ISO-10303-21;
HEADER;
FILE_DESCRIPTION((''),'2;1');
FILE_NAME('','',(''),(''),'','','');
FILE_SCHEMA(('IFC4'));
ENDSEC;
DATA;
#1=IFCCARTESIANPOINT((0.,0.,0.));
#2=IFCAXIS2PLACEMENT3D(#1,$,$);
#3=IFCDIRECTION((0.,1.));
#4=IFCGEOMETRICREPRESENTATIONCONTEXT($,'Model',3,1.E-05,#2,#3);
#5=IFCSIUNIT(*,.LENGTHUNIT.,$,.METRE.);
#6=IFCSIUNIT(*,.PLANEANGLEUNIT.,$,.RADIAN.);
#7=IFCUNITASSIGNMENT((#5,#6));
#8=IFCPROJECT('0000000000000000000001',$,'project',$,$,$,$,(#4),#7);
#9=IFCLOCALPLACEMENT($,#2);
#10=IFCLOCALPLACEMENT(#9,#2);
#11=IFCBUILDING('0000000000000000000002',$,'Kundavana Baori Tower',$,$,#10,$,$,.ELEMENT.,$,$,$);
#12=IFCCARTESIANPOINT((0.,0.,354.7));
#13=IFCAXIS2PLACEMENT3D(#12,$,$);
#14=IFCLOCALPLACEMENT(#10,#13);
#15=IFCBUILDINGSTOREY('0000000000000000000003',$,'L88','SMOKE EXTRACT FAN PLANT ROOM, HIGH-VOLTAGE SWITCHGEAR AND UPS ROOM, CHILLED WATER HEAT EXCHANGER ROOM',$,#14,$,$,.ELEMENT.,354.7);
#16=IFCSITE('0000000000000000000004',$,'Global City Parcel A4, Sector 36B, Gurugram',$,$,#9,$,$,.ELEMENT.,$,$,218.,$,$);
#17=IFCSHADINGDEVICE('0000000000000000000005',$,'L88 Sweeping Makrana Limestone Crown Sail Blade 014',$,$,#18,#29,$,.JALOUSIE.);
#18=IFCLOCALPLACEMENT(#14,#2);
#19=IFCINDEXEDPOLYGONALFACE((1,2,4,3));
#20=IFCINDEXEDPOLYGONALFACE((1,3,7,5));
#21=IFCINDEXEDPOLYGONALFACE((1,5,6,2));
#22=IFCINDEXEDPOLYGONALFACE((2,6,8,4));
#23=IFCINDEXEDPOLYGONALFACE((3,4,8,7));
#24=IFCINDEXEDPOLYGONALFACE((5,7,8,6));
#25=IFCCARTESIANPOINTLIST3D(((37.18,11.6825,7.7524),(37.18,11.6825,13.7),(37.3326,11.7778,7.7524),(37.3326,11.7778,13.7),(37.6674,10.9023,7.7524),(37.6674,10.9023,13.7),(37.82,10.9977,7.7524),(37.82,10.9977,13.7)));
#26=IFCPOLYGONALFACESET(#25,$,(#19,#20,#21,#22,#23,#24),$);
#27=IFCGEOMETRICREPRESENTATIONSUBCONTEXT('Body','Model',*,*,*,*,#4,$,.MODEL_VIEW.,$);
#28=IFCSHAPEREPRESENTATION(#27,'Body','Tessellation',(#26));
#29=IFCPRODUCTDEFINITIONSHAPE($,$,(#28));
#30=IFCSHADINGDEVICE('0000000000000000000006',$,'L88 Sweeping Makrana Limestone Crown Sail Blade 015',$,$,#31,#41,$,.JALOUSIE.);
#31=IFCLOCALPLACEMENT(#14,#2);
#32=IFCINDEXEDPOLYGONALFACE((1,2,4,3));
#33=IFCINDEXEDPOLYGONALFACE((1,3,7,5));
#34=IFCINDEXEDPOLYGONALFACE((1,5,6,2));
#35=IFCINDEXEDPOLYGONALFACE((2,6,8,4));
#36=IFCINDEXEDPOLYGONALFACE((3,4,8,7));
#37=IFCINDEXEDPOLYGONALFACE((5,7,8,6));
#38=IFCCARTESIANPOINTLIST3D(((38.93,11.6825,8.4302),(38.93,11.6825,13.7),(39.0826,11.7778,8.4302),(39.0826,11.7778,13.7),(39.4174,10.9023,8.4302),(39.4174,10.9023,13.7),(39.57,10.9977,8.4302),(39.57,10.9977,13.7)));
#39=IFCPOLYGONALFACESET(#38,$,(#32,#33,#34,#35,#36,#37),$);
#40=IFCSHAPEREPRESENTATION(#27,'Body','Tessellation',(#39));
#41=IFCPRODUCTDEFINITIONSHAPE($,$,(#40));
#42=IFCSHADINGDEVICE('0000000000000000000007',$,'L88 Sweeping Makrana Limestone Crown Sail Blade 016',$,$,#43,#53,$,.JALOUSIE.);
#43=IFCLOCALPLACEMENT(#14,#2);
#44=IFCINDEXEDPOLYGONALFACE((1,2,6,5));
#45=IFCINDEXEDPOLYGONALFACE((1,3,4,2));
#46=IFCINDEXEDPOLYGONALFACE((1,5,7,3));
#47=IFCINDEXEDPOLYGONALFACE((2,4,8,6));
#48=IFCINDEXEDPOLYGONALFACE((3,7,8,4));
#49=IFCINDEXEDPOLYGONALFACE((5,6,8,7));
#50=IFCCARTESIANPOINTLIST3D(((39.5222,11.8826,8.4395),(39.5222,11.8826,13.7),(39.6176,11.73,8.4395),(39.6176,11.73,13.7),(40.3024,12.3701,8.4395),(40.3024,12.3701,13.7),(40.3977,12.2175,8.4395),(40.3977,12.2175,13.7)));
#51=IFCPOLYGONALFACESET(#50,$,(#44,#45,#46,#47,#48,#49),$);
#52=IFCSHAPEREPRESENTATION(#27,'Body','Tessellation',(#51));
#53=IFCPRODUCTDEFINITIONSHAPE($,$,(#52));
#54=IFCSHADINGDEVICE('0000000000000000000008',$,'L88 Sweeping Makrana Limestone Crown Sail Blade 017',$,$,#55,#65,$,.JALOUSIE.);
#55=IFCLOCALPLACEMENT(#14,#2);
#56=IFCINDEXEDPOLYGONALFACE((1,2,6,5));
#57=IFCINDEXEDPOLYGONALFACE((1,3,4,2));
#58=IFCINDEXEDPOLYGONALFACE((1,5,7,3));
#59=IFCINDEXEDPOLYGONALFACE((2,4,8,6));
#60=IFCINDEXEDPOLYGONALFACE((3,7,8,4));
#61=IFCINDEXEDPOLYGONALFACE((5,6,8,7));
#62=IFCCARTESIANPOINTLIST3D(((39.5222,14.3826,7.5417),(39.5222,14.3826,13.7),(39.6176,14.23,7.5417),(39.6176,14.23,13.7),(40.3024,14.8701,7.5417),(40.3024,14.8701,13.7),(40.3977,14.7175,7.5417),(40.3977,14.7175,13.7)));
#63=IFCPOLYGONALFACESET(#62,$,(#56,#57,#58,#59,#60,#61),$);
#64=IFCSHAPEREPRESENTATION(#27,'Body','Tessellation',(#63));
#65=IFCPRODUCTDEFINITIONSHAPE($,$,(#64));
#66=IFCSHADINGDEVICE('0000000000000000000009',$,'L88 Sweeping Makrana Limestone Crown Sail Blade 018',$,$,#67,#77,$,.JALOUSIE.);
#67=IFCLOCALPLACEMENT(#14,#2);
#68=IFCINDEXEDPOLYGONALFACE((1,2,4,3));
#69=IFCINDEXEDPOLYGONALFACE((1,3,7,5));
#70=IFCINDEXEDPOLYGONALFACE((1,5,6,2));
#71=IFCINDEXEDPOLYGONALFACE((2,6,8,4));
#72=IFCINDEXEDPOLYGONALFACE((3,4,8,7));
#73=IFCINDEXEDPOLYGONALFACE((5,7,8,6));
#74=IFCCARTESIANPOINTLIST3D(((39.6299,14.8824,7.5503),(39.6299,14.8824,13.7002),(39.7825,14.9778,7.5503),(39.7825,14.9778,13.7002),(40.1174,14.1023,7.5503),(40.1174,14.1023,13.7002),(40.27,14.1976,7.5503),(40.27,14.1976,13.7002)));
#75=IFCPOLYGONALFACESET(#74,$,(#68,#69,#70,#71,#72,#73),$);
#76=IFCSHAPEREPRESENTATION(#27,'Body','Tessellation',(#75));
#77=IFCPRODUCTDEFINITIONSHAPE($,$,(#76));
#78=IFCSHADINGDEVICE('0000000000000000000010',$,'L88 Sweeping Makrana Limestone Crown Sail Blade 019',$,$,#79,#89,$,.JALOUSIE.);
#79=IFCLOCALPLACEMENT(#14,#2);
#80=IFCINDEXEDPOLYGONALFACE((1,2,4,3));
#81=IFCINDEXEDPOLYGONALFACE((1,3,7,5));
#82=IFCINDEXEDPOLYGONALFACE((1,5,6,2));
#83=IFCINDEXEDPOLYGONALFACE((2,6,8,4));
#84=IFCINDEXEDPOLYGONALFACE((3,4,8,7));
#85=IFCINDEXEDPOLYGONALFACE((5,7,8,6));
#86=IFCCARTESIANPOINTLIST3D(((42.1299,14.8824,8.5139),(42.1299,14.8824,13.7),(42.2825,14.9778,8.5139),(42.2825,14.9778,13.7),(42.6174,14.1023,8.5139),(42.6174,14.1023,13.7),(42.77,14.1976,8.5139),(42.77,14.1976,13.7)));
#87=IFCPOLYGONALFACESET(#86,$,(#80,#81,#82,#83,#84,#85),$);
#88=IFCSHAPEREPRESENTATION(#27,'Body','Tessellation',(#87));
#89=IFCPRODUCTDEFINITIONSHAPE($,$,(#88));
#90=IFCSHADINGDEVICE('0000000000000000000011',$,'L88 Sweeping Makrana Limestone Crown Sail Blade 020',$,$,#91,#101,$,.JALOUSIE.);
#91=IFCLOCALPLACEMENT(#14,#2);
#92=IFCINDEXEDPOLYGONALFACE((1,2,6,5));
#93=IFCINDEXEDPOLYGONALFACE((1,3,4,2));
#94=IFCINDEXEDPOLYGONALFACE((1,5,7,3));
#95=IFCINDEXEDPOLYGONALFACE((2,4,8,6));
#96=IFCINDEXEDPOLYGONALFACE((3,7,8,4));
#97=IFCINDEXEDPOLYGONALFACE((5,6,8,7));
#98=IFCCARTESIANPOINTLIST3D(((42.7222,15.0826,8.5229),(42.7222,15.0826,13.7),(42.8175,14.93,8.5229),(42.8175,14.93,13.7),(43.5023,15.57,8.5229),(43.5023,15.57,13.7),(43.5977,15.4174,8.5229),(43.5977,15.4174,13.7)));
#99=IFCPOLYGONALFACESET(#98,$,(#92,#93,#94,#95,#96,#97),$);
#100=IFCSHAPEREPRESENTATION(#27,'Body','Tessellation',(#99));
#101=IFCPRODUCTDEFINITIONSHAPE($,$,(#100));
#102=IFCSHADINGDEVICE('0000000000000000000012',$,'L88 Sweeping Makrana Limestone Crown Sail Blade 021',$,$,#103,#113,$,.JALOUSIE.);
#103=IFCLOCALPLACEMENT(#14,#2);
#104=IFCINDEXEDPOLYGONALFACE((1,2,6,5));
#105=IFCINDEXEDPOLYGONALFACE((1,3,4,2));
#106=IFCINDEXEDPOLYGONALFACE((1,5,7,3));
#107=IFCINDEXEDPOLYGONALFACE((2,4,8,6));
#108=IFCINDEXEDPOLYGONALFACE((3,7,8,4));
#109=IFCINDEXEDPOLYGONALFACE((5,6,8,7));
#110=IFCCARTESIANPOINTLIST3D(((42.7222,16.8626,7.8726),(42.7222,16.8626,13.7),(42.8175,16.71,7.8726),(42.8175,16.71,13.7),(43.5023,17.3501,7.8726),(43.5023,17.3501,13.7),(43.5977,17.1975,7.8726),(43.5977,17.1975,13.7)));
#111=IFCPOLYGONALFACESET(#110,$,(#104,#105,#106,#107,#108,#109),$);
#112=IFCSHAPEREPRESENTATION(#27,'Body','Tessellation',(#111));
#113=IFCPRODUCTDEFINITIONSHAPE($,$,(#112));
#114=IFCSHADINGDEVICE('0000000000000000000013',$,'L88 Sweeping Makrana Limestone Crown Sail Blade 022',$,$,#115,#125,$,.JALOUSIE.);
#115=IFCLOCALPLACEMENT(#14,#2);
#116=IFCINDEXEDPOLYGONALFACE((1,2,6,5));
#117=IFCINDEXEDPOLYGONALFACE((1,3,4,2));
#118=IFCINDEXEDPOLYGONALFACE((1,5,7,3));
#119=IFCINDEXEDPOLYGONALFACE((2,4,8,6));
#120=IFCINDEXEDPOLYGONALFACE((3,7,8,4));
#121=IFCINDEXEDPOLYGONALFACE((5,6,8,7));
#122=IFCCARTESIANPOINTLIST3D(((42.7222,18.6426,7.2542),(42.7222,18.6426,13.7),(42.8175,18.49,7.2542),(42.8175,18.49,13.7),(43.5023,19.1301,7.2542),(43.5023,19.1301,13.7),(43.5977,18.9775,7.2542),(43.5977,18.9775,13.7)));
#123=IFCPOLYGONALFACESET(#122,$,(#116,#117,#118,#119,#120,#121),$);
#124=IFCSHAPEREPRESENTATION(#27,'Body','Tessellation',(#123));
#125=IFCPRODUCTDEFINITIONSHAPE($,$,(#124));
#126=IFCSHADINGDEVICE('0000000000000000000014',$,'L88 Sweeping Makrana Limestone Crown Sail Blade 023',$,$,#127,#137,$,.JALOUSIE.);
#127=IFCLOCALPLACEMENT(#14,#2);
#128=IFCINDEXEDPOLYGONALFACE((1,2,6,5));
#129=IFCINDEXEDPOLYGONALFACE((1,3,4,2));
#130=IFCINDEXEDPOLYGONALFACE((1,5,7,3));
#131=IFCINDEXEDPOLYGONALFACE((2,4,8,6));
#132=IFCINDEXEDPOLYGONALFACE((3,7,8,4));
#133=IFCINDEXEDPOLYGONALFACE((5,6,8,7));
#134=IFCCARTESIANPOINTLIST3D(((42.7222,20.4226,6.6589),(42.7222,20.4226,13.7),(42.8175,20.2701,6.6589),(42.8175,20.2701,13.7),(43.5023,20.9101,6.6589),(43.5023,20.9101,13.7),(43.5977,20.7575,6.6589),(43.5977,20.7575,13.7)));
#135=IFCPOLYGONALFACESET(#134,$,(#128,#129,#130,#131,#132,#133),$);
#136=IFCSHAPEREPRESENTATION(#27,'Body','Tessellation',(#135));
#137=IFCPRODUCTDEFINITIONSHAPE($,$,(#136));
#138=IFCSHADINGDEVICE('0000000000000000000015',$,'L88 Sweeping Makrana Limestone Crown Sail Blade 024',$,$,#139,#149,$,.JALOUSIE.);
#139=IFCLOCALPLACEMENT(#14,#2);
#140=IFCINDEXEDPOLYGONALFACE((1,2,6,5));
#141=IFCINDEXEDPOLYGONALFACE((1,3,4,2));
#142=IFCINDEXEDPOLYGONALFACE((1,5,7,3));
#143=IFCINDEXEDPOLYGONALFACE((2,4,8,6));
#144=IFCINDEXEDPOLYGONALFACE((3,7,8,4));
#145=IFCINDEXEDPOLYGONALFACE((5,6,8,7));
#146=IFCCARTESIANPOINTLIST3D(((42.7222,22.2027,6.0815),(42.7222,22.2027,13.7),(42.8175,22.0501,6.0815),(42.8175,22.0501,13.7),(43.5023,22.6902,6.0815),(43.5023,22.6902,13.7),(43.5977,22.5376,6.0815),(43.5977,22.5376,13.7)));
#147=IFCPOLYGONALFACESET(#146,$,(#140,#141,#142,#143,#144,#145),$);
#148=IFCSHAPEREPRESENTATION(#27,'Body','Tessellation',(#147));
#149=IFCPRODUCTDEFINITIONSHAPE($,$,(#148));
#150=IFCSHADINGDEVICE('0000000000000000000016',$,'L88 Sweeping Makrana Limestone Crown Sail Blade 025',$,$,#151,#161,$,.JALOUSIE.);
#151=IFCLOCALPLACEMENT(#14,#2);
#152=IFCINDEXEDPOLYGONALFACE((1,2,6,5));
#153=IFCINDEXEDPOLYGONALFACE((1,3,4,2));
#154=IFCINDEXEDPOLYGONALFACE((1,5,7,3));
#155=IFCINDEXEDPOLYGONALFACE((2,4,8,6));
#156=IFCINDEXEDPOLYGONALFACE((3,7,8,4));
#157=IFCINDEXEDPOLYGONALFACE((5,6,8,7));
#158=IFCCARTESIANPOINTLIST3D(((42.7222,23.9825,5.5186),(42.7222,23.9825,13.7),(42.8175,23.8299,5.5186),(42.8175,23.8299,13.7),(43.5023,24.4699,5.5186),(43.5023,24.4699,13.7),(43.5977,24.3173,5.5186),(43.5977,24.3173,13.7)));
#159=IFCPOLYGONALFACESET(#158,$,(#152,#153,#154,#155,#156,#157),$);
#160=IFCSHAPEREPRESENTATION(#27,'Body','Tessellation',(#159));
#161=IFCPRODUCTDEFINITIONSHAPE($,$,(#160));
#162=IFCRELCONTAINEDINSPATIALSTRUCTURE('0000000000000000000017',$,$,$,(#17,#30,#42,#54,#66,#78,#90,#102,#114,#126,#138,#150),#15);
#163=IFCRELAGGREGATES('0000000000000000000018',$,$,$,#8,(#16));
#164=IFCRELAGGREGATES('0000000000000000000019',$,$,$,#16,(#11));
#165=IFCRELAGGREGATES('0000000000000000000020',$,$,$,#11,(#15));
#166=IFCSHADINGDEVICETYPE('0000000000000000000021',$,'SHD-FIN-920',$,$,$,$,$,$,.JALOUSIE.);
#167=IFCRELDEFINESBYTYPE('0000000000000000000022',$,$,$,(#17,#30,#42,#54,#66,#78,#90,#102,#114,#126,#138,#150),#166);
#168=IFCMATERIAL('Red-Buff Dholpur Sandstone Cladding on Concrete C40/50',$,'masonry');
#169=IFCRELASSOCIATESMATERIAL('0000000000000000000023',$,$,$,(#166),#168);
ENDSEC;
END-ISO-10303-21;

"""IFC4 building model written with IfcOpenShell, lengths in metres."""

from ifc_helpers import new_model, si_unit, direction, frame, origin, origin_2d, place, context, subcontext, project, spatial, rectangle, extrude, material, type_object, element, save


model = new_model("IFC4")

# Units and contexts
model_context = context("Model", 3, precision=1e-05, world=origin(), true_north=direction((0.0, 1.0)))
body_context = subcontext(model_context, "Body", "Model", "MODEL_VIEW")
ifc_project = project(units=[si_unit("LENGTHUNIT", "METRE"), si_unit("PLANEANGLEUNIT", "RADIAN")], contexts=[model_context])

# Site, building, storey
site_placement = place(None, origin())
site = spatial("IfcSite", under=ifc_project, at=site_placement, Name="Global City Parcel A4, Sector 36B, Gurugram", CompositionType="ELEMENT", RefElevation=218.0)
building_placement = place(site_placement, origin())
building = spatial("IfcBuilding", under=site, at=building_placement, Name="Kundavana Baori Tower", CompositionType="ELEMENT")
storey_placement = place(building_placement, frame((0.0, 0.0, 354.7)))
storey = spatial("IfcBuildingStorey", under=building, at=storey_placement, Name="L88", Description="SMOKE EXTRACT FAN PLANT ROOM, HIGH-VOLTAGE SWITCHGEAR AND UPS ROOM, CHILLED WATER HEAT EXCHANGER ROOM", CompositionType="ELEMENT", Elevation=354.7)

# Shading devices
ifc_material_1 = material(Name="Red-Buff Dholpur Sandstone Cladding on Concrete C40/50", Category="masonry")
shading_device_type = type_object("IfcShadingDeviceType", Name="SHD-FIN-920", PredefinedType="JALOUSIE", material=ifc_material_1)
shading_device_1_placement = place(storey_placement, frame((37.5, 11.3401, 7.7524), z_axis=(0.0, 0.0, 1.0), x_axis=(0.848048, 0.529919, 0.0)))
element("IfcShadingDevice", 1, at=shading_device_1_placement, inside=storey, type_object=shading_device_type, Name="L88 Sweeping Makrana Limestone Crown Sail Blade 014", PredefinedType="JALOUSIE", context=body_context, shape_type="SweptSolid", body=[
    extrude(rectangle(XDim=0.1799, YDim=0.9199, at=origin_2d()), origin(), (0.0, 0.0, 1.0), 5.9475),
])
shading_device_2_placement = place(storey_placement, frame((39.25, 11.3401, 8.4302), z_axis=(0.0, 0.0, 1.0), x_axis=(0.848048, 0.529919, 0.0)))
element("IfcShadingDevice", 2, at=shading_device_2_placement, inside=storey, type_object=shading_device_type, Name="L88 Sweeping Makrana Limestone Crown Sail Blade 015", PredefinedType="JALOUSIE", context=body_context, shape_type="SweptSolid", body=[
    extrude(rectangle(XDim=0.1799, YDim=0.9199, at=origin_2d()), origin(), (0.0, 0.0, 1.0), 5.2698),
])
shading_device_3_placement = place(storey_placement, frame((39.96, 12.05, 8.4395), z_axis=(0.0, 0.0, 1.0), x_axis=(-0.529919, 0.848048, 0.0)))
element("IfcShadingDevice", 3, at=shading_device_3_placement, inside=storey, type_object=shading_device_type, Name="L88 Sweeping Makrana Limestone Crown Sail Blade 016", PredefinedType="JALOUSIE", context=body_context, shape_type="SweptSolid", body=[
    extrude(rectangle(XDim=0.1799, YDim=0.9199, at=origin_2d()), origin(), (0.0, 0.0, 1.0), 5.2605),
])
shading_device_4_placement = place(storey_placement, frame((39.96, 14.55, 7.5417), z_axis=(0.0, 0.0, 1.0), x_axis=(-0.529919, 0.848048, 0.0)))
element("IfcShadingDevice", 4, at=shading_device_4_placement, inside=storey, type_object=shading_device_type, Name="L88 Sweeping Makrana Limestone Crown Sail Blade 017", PredefinedType="JALOUSIE", context=body_context, shape_type="SweptSolid", body=[
    extrude(rectangle(XDim=0.1799, YDim=0.9199, at=origin_2d()), origin(), (0.0, 0.0, 1.0), 6.1582),
])
shading_device_5_placement = place(storey_placement, frame((39.95, 14.54, 7.5503), z_axis=(0.0, 0.0, 1.0), x_axis=(0.848048, 0.529919, 0.0)))
element("IfcShadingDevice", 5, at=shading_device_5_placement, inside=storey, type_object=shading_device_type, Name="L88 Sweeping Makrana Limestone Crown Sail Blade 018", PredefinedType="JALOUSIE", context=body_context, shape_type="SweptSolid", body=[
    extrude(rectangle(XDim=0.1799, YDim=0.9199, at=origin_2d()), origin(), (0.0, 0.0, 1.0), 6.1499),
])
shading_device_6_placement = place(storey_placement, frame((42.45, 14.54, 8.5139), z_axis=(0.0, 0.0, 1.0), x_axis=(0.848048, 0.529919, 0.0)))
element("IfcShadingDevice", 6, at=shading_device_6_placement, inside=storey, type_object=shading_device_type, Name="L88 Sweeping Makrana Limestone Crown Sail Blade 019", PredefinedType="JALOUSIE", context=body_context, shape_type="SweptSolid", body=[
    extrude(rectangle(XDim=0.1799, YDim=0.9199, at=origin_2d()), origin(), (0.0, 0.0, 1.0), 5.186),
])
shading_device_7_placement = place(storey_placement, frame((43.1599, 15.25, 8.5229), z_axis=(0.0, 0.0, 1.0), x_axis=(-0.529919, 0.848048, 0.0)))
element("IfcShadingDevice", 7, at=shading_device_7_placement, inside=storey, type_object=shading_device_type, Name="L88 Sweeping Makrana Limestone Crown Sail Blade 020", PredefinedType="JALOUSIE", context=body_context, shape_type="SweptSolid", body=[
    extrude(rectangle(XDim=0.1799, YDim=0.9199, at=origin_2d()), origin(), (0.0, 0.0, 1.0), 5.177),
])
shading_device_8_placement = place(storey_placement, frame((43.1599, 17.03, 7.8726), z_axis=(0.0, 0.0, 1.0), x_axis=(-0.529919, 0.848048, 0.0)))
element("IfcShadingDevice", 8, at=shading_device_8_placement, inside=storey, type_object=shading_device_type, Name="L88 Sweeping Makrana Limestone Crown Sail Blade 021", PredefinedType="JALOUSIE", context=body_context, shape_type="SweptSolid", body=[
    extrude(rectangle(XDim=0.1799, YDim=0.9199, at=origin_2d()), origin(), (0.0, 0.0, 1.0), 5.8274),
])
shading_device_9_placement = place(storey_placement, frame((43.1599, 18.8101, 7.2542), z_axis=(0.0, 0.0, 1.0), x_axis=(-0.529919, 0.848048, 0.0)))
element("IfcShadingDevice", 9, at=shading_device_9_placement, inside=storey, type_object=shading_device_type, Name="L88 Sweeping Makrana Limestone Crown Sail Blade 022", PredefinedType="JALOUSIE", context=body_context, shape_type="SweptSolid", body=[
    extrude(rectangle(XDim=0.1799, YDim=0.9199, at=origin_2d()), origin(), (0.0, 0.0, 1.0), 6.4458),
])
shading_device_10_placement = place(storey_placement, frame((43.1599, 20.5901, 6.6589), z_axis=(0.0, 0.0, 1.0), x_axis=(-0.529919, 0.848048, 0.0)))
element("IfcShadingDevice", 10, at=shading_device_10_placement, inside=storey, type_object=shading_device_type, Name="L88 Sweeping Makrana Limestone Crown Sail Blade 023", PredefinedType="JALOUSIE", context=body_context, shape_type="SweptSolid", body=[
    extrude(rectangle(XDim=0.1799, YDim=0.9199, at=origin_2d()), origin(), (0.0, 0.0, 1.0), 7.041),
])
shading_device_11_placement = place(storey_placement, frame((43.1599, 22.3701, 6.0815), z_axis=(0.0, 0.0, 1.0), x_axis=(-0.529919, 0.848048, 0.0)))
element("IfcShadingDevice", 11, at=shading_device_11_placement, inside=storey, type_object=shading_device_type, Name="L88 Sweeping Makrana Limestone Crown Sail Blade 024", PredefinedType="JALOUSIE", context=body_context, shape_type="SweptSolid", body=[
    extrude(rectangle(XDim=0.1799, YDim=0.9199, at=origin_2d()), origin(), (0.0, 0.0, 1.0), 7.6184),
])
shading_device_12_placement = place(storey_placement, frame((43.1599, 24.1499, 5.5186), z_axis=(0.0, 0.0, 1.0), x_axis=(-0.529919, 0.848048, 0.0)))
element("IfcShadingDevice", 12, at=shading_device_12_placement, inside=storey, type_object=shading_device_type, Name="L88 Sweeping Makrana Limestone Crown Sail Blade 025", PredefinedType="JALOUSIE", context=body_context, shape_type="SweptSolid", body=[
    extrude(rectangle(XDim=0.1799, YDim=0.9199, at=origin_2d()), origin(), (0.0, 0.0, 1.0), 8.1814),
])

save(model, "model.ifc")
